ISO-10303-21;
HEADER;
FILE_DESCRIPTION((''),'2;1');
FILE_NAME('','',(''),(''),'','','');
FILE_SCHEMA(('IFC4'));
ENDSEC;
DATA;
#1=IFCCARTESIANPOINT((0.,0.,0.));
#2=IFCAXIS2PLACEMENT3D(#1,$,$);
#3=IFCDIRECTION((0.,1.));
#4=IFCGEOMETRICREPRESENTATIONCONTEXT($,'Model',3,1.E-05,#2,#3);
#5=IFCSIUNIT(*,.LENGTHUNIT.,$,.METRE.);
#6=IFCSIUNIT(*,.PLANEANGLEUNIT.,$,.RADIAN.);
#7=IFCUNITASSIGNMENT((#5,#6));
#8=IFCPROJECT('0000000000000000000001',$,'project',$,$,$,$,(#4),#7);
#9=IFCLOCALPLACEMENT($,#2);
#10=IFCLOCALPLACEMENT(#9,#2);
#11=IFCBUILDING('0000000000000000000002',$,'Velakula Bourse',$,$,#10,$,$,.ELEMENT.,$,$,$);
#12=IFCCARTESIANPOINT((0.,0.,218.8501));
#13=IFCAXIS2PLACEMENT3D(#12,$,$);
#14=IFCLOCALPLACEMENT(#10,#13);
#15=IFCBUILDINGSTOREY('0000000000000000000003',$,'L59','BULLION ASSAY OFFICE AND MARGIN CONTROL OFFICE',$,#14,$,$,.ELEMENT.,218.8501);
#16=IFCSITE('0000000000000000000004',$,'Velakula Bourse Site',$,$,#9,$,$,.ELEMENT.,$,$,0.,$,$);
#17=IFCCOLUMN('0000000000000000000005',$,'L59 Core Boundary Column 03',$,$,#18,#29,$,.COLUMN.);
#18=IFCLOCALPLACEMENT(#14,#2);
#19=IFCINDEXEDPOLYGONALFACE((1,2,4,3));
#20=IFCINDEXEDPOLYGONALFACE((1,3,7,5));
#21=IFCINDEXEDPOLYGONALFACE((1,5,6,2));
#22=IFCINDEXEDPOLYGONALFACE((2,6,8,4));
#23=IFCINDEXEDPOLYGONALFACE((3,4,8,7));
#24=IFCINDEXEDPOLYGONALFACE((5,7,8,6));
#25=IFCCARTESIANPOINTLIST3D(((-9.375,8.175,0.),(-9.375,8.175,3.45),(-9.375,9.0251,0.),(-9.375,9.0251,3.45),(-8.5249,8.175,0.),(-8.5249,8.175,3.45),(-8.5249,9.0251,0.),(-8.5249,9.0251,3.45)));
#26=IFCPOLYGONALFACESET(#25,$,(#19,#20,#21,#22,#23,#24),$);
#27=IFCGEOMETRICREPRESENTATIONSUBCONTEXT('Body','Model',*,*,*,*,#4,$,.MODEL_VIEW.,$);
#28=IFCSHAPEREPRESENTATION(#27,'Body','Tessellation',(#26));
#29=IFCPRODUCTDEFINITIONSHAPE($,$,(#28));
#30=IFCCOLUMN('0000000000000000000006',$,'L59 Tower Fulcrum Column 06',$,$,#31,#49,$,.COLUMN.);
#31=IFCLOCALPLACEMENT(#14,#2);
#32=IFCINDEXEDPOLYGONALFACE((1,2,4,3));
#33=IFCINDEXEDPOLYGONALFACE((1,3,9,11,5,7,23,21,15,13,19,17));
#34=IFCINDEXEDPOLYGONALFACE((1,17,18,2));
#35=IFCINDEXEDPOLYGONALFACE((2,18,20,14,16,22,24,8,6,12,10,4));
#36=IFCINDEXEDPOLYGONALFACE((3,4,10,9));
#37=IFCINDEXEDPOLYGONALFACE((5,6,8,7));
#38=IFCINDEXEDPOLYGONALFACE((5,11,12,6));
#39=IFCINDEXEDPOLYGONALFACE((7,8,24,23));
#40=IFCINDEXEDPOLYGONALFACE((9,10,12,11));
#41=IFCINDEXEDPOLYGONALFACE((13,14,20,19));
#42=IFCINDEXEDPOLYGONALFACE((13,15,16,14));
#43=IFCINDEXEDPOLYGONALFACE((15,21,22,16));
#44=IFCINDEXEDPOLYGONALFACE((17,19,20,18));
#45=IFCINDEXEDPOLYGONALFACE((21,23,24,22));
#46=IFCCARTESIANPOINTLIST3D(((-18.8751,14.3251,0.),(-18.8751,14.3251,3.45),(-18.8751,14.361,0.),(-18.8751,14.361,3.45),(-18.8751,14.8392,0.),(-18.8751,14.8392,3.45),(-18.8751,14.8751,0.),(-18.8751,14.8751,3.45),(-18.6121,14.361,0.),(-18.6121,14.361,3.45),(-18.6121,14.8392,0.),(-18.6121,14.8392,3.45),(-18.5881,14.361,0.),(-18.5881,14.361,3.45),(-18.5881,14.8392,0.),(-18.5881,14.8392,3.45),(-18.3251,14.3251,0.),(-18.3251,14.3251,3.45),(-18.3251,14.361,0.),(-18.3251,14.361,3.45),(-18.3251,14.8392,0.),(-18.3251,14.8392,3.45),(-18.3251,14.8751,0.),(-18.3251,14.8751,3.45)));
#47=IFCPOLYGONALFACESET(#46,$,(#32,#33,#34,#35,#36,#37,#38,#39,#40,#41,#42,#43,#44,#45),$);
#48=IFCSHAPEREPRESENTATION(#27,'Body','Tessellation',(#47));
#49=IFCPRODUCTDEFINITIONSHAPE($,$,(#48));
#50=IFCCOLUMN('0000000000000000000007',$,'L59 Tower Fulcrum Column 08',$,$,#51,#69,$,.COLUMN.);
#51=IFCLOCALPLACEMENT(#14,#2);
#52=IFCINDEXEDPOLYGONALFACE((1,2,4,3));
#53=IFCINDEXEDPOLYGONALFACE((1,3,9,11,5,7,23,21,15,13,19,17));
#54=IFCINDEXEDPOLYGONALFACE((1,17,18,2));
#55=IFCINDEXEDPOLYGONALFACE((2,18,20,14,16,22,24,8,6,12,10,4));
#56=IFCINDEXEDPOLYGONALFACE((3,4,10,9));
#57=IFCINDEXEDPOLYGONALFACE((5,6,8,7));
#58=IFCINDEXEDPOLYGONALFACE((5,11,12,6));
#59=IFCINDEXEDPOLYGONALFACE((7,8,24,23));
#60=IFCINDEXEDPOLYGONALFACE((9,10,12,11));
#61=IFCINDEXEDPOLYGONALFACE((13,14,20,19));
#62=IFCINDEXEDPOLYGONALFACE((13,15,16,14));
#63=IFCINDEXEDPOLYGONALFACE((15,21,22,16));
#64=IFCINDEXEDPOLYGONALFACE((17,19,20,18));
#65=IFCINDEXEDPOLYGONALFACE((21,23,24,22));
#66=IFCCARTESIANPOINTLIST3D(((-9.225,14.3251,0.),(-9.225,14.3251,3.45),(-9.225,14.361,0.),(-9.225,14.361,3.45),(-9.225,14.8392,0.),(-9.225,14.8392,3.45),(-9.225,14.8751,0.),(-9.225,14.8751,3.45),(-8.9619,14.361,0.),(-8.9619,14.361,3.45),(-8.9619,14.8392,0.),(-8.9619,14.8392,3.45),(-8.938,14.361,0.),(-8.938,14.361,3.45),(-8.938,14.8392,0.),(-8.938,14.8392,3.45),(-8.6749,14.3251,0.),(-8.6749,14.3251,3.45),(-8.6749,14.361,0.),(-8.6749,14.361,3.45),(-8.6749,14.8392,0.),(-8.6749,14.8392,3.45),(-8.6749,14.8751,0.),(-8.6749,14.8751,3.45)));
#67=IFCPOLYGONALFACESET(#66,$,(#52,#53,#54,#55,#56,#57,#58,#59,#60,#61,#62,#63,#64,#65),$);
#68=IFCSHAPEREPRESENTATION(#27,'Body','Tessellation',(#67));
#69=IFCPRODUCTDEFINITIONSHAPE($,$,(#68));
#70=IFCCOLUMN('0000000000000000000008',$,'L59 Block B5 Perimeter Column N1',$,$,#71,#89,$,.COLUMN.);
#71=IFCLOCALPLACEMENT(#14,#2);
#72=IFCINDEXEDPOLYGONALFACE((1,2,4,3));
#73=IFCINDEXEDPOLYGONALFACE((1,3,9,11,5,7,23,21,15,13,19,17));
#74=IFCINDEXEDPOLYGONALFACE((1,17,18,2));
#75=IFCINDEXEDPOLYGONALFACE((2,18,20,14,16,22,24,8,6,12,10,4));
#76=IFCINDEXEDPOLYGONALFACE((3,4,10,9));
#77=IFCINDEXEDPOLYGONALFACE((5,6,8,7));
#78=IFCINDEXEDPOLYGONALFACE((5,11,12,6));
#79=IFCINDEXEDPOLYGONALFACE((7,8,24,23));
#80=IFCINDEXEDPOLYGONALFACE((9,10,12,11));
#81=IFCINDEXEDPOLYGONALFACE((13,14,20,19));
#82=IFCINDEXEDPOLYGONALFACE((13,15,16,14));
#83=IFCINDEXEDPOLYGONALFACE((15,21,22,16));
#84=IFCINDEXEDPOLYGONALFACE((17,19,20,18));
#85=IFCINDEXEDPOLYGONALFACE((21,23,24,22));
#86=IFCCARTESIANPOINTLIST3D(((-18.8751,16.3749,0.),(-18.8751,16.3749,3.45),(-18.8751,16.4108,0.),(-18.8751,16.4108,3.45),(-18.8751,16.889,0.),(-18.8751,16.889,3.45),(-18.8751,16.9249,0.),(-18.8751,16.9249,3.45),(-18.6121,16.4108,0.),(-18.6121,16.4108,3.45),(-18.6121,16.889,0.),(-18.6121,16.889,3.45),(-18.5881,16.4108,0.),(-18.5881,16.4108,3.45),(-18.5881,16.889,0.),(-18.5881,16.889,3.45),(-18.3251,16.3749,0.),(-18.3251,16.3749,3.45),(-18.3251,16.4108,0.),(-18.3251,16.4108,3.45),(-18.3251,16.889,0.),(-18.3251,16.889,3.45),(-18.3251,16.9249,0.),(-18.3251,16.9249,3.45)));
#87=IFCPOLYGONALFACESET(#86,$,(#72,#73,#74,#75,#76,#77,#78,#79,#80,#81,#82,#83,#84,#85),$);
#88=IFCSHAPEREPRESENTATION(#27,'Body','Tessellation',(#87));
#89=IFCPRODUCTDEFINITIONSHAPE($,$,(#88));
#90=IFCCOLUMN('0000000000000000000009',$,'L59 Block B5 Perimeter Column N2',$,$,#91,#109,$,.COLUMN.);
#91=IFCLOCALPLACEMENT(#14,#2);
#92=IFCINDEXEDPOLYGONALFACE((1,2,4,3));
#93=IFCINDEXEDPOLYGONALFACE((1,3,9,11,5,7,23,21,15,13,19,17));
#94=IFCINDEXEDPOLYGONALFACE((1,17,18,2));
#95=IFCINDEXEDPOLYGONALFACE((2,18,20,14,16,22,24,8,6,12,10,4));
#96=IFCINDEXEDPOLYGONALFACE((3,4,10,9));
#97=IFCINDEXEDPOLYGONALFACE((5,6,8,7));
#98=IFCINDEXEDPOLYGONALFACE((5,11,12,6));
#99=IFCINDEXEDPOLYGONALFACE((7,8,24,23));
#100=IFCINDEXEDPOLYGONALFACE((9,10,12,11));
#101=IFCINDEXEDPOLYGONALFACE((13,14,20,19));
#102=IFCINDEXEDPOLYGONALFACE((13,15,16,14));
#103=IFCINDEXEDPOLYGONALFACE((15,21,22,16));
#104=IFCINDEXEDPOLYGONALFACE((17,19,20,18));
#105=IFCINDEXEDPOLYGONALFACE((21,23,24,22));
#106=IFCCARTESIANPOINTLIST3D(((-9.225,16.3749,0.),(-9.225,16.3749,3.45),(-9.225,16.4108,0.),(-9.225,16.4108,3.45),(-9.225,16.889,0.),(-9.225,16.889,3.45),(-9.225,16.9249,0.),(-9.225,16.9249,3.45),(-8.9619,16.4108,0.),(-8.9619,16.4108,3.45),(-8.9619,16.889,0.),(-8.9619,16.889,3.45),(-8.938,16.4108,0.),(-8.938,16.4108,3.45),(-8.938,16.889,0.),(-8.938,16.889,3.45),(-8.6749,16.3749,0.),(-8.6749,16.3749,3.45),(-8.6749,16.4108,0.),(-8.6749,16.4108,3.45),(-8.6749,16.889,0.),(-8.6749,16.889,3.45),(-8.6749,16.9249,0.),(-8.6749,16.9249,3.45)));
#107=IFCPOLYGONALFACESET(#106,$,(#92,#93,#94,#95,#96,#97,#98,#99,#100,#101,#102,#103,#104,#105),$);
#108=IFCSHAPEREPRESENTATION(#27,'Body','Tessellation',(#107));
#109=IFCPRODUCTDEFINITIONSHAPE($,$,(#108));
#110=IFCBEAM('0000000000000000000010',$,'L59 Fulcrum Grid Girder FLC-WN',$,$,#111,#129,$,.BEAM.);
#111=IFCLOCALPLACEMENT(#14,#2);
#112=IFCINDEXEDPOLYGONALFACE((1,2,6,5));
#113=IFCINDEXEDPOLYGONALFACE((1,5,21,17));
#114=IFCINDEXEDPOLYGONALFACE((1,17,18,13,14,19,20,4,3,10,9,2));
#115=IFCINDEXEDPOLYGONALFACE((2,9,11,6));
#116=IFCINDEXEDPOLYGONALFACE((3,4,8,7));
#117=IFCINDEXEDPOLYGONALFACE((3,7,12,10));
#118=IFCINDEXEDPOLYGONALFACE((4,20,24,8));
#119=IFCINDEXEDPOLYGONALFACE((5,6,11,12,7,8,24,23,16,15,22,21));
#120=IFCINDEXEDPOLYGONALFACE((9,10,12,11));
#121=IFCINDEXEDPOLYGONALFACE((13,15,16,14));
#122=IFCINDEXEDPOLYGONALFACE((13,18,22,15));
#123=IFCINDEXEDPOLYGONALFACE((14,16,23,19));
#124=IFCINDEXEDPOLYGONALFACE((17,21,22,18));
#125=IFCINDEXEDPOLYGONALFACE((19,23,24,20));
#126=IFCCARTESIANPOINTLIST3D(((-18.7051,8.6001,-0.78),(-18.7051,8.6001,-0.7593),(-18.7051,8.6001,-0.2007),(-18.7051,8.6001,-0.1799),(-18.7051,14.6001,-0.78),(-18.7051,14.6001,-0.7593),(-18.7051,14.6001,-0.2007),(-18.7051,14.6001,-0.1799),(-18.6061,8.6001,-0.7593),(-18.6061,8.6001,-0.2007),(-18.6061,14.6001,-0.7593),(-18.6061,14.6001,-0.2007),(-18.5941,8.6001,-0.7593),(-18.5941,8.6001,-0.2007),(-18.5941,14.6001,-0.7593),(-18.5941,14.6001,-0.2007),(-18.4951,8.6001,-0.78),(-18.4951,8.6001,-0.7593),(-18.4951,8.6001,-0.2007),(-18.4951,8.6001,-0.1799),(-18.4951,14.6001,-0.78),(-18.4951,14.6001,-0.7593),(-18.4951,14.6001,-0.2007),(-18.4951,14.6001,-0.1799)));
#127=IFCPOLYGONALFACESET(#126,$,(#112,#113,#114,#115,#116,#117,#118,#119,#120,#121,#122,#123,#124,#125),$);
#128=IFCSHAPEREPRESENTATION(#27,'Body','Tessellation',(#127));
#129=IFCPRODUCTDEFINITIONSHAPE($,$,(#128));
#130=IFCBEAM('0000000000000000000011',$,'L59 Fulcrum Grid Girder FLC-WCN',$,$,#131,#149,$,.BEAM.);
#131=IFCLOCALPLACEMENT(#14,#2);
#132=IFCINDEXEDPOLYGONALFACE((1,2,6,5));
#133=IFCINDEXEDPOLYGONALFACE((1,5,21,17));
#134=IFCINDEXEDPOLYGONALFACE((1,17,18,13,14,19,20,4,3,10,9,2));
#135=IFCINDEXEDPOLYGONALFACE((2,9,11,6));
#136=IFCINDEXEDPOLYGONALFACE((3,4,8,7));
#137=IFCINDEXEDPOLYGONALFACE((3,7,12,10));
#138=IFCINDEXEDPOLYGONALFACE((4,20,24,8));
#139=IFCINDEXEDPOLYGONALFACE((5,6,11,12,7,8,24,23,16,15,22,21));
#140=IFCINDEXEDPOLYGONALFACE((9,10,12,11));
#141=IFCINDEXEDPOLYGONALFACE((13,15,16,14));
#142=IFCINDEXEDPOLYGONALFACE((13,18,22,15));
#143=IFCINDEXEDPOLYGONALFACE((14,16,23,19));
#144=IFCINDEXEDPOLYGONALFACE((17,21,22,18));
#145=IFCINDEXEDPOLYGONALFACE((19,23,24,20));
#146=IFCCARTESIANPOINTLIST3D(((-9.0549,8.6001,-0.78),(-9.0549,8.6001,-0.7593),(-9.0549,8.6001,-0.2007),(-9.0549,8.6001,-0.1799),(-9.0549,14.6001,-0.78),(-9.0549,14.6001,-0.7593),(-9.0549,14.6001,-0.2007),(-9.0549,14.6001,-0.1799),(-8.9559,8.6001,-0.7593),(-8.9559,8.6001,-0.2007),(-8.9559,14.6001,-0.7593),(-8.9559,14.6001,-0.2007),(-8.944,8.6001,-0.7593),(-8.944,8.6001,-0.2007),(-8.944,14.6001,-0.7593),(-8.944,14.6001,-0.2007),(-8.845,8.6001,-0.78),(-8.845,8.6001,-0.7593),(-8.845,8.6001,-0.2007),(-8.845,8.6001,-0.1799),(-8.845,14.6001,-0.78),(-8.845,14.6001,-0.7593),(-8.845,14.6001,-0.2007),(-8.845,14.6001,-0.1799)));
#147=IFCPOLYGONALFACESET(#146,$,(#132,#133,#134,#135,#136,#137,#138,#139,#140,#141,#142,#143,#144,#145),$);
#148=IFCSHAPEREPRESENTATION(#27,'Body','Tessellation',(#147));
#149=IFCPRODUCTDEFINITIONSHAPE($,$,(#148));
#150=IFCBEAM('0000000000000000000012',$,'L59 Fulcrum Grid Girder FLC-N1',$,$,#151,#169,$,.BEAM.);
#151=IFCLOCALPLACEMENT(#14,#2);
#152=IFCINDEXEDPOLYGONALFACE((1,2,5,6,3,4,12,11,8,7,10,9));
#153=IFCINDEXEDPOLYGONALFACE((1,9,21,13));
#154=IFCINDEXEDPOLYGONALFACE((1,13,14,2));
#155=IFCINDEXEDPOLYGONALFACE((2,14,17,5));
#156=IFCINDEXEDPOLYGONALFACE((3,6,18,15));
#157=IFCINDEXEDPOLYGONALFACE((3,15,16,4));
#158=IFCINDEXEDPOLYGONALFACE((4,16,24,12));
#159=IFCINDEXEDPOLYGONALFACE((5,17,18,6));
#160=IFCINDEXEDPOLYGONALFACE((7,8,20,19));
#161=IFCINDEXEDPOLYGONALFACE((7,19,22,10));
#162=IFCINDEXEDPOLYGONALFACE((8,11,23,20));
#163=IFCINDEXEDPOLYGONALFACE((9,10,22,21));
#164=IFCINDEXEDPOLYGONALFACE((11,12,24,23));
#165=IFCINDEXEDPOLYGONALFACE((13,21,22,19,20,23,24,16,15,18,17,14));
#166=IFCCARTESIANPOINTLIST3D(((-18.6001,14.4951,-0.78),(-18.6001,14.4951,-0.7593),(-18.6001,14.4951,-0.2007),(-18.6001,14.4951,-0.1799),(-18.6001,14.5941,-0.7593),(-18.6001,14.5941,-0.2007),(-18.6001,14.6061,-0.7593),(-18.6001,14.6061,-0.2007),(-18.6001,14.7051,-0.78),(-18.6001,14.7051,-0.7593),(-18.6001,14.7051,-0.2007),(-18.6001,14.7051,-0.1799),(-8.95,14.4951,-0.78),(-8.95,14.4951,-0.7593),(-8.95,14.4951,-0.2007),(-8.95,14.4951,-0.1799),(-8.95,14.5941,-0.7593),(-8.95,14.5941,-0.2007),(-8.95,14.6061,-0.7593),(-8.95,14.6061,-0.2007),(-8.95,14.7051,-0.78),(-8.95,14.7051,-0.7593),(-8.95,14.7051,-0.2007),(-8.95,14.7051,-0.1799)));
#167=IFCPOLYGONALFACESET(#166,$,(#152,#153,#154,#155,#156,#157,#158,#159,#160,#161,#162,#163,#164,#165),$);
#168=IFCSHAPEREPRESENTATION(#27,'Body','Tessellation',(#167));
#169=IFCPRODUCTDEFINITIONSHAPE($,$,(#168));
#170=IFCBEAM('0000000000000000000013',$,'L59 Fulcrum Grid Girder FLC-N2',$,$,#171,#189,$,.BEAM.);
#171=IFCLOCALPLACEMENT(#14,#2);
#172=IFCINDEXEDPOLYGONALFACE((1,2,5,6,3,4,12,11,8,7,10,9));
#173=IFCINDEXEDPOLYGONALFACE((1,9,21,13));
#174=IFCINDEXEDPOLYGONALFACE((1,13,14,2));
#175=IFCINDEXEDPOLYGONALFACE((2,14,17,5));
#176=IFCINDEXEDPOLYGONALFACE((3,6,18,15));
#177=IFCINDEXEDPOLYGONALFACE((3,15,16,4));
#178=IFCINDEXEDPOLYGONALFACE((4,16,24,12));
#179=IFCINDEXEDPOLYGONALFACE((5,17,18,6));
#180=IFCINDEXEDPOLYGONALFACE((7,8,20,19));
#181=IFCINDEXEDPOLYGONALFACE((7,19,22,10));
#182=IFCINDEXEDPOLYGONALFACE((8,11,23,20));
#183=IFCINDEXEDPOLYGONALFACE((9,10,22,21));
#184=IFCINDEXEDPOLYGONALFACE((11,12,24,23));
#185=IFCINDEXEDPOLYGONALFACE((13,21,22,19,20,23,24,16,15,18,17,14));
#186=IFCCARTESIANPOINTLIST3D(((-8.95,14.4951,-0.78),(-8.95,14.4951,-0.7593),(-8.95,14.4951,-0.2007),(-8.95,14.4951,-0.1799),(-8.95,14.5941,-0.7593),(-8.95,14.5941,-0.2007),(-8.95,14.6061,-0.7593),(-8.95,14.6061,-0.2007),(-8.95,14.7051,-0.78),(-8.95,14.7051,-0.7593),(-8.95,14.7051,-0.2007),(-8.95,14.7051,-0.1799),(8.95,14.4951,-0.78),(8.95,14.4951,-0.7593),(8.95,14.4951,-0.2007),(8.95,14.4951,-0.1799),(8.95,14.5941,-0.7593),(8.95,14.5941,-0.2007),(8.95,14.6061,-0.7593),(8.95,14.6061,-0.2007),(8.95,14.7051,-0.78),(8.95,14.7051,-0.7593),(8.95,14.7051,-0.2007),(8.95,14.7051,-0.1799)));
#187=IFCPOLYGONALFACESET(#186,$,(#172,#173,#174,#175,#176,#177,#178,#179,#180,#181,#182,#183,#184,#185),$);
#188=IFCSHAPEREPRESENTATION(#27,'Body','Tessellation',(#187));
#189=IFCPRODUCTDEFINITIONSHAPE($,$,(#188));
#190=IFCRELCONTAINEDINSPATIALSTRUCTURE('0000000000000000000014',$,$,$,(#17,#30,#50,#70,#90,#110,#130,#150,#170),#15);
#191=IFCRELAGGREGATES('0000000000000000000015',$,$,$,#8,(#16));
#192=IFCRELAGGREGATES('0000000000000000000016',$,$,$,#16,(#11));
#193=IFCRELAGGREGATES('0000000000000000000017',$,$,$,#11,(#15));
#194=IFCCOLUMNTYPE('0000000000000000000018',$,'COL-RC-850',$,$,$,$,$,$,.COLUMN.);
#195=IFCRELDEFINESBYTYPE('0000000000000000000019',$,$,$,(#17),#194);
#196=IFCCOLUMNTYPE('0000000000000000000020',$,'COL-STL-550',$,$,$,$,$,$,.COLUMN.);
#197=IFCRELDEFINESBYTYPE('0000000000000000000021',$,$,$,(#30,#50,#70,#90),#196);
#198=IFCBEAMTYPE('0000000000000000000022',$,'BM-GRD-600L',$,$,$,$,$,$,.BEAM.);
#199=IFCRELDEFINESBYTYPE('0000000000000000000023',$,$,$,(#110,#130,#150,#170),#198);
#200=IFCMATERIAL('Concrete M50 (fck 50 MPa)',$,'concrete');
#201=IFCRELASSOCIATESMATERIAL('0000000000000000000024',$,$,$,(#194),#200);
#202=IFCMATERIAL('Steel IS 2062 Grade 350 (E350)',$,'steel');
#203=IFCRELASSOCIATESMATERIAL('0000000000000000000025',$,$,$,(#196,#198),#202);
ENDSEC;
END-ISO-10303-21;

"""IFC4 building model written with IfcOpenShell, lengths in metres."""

from ifc_helpers import new_model, si_unit, direction, frame, origin, origin_2d, place, context, subcontext, project, spatial, rectangle, i_section, extrude, material, material_profile, profile_set, type_object, element, save


model = new_model("IFC4")

# Units and contexts
model_context = context("Model", 3, precision=1e-05, world=origin(), true_north=direction((0.0, 1.0)))
body_context = subcontext(model_context, "Body", "Model", "MODEL_VIEW")
ifc_project = project(units=[si_unit("LENGTHUNIT", "METRE"), si_unit("PLANEANGLEUNIT", "RADIAN")], contexts=[model_context])

# Site, building, storey
site_placement = place(None, origin())
site = spatial("IfcSite", under=ifc_project, at=site_placement, Name="Velakula Bourse Site", CompositionType="ELEMENT", RefElevation=0.0)
building_placement = place(site_placement, origin())
building = spatial("IfcBuilding", under=site, at=building_placement, Name="Velakula Bourse", CompositionType="ELEMENT")
storey_placement = place(building_placement, frame((0.0, 0.0, 218.8501)))
storey = spatial("IfcBuildingStorey", under=building, at=storey_placement, Name="L59", Description="BULLION ASSAY OFFICE AND MARGIN CONTROL OFFICE", CompositionType="ELEMENT", Elevation=218.8501)

# Columns
ifc_material_1 = material(Name="Concrete M50 (fck 50 MPa)", Category="concrete")
ifc_material_profile_1 = material_profile(ifc_material_1, rectangle(XDim=0.8501, YDim=0.8501, at=origin_2d()), Name="Concrete M50 (fck 50 MPa)")
ifc_profile_set_1 = profile_set([ifc_material_profile_1], Name="Concrete M50 (fck 50 MPa)")
column_type_1 = type_object("IfcColumnType", Name="COL-RC-850", PredefinedType="COLUMN", material=ifc_profile_set_1)
column_placement = place(storey_placement, frame((-8.95, 8.6001, 0.0), z_axis=(0.0, 0.0, 1.0), x_axis=(1.0, 0.0, 0.0)))
element("IfcColumn", 1, at=column_placement, inside=storey, type_object=column_type_1, Name="L59 Core Boundary Column 03", PredefinedType="COLUMN", context=body_context, shape_type="SweptSolid", body=[
    extrude(rectangle(XDim=0.8501, YDim=0.8501, at=origin_2d()), origin(), (0.0, 0.0, 1.0), 3.45),
])
ifc_material_2 = material(Name="Steel IS 2062 Grade 350 (E350)", Category="steel")
ifc_material_profile_2 = material_profile(ifc_material_2, i_section(OverallWidth=0.55, OverallDepth=0.55, WebThickness=0.0239, FlangeThickness=0.0359, at=origin_2d()), Name="Steel IS 2062 Grade 350 (E350)")
ifc_profile_set_2 = profile_set([ifc_material_profile_2], Name="Steel IS 2062 Grade 350 (E350)")
column_type_2 = type_object("IfcColumnType", Name="COL-STL-550", PredefinedType="COLUMN", material=ifc_profile_set_2)
for number, where, z_axis, x_axis, name in (
    (2, (-18.6001, 14.6001, 0.0), (0.0, 0.0, 1.0), (1.0, 0.0, 0.0), "L59 Tower Fulcrum Column 06"),
    (3, (-8.95, 14.6001, 0.0), (0.0, 0.0, 1.0), (1.0, 0.0, 0.0), "L59 Tower Fulcrum Column 08"),
    (4, (-18.6001, 16.6499, 0.0), (0.0, 0.0, 1.0), (1.0, 0.0, 0.0), "L59 Block B5 Perimeter Column N1"),
    (5, (-8.95, 16.6499, 0.0), (0.0, 0.0, 1.0), (1.0, 0.0, 0.0), "L59 Block B5 Perimeter Column N2"),
):
    element("IfcColumn", number, at=place(storey_placement, frame(where, z_axis=z_axis, x_axis=x_axis)), inside=storey, type_object=column_type_2, Name=name, PredefinedType="COLUMN", context=body_context, shape_type="SweptSolid", body=[
        extrude(i_section(OverallWidth=0.55, OverallDepth=0.55, WebThickness=0.0239, FlangeThickness=0.0359, at=origin_2d()), origin(), (0.0, 0.0, 1.0), 3.45),
    ])

# Beams
ifc_material_profile_3 = material_profile(ifc_material_2, i_section(OverallWidth=0.21, OverallDepth=0.6001, WebThickness=0.012, FlangeThickness=0.0208, at=origin_2d()), Name="Steel IS 2062 Grade 350 (E350)")
ifc_profile_set_3 = profile_set([ifc_material_profile_3], Name="Steel IS 2062 Grade 350 (E350)")
beam_type_1 = type_object("IfcBeamType", Name="BM-GRD-600L", PredefinedType="BEAM", material=ifc_profile_set_3)
for number, where, z_axis, x_axis, name in (
    (6, (-18.6001, 8.6001, -0.48), (0.0, 1.0, 0.0), (-1.0, 0.0, 0.0), "L59 Fulcrum Grid Girder FLC-WN"),
    (7, (-8.95, 8.6001, -0.48), (0.0, 1.0, 0.0), (-1.0, 0.0, 0.0), "L59 Fulcrum Grid Girder FLC-WCN"),
):
    element("IfcBeam", number, at=place(storey_placement, frame(where, z_axis=z_axis, x_axis=x_axis)), inside=storey, type_object=beam_type_1, Name=name, PredefinedType="BEAM", context=body_context, shape_type="SweptSolid", body=[
        extrude(i_section(OverallWidth=0.21, OverallDepth=0.6001, WebThickness=0.012, FlangeThickness=0.0208, at=origin_2d()), origin(), (0.0, 0.0, 1.0), 6.0),
    ])
beam_1_placement = place(storey_placement, frame((-18.6001, 14.6001, -0.48), z_axis=(1.0, 0.0, 0.0), x_axis=(0.0, 1.0, 0.0)))
element("IfcBeam", 8, at=beam_1_placement, inside=storey, type_object=beam_type_1, Name="L59 Fulcrum Grid Girder FLC-N1", PredefinedType="BEAM", context=body_context, shape_type="SweptSolid", body=[
    extrude(i_section(OverallWidth=0.21, OverallDepth=0.6001, WebThickness=0.012, FlangeThickness=0.0208, at=origin_2d()), origin(), (0.0, 0.0, 1.0), 9.6501),
])
beam_2_placement = place(storey_placement, frame((-8.95, 14.6001, -0.48), z_axis=(1.0, 0.0, 0.0), x_axis=(0.0, 1.0, 0.0)))
element("IfcBeam", 9, at=beam_2_placement, inside=storey, type_object=beam_type_1, Name="L59 Fulcrum Grid Girder FLC-N2", PredefinedType="BEAM", context=body_context, shape_type="SweptSolid", body=[
    extrude(i_section(OverallWidth=0.21, OverallDepth=0.6001, WebThickness=0.012, FlangeThickness=0.0208, at=origin_2d()), origin(), (0.0, 0.0, 1.0), 17.8999),
])

save(model, "model.ifc")
